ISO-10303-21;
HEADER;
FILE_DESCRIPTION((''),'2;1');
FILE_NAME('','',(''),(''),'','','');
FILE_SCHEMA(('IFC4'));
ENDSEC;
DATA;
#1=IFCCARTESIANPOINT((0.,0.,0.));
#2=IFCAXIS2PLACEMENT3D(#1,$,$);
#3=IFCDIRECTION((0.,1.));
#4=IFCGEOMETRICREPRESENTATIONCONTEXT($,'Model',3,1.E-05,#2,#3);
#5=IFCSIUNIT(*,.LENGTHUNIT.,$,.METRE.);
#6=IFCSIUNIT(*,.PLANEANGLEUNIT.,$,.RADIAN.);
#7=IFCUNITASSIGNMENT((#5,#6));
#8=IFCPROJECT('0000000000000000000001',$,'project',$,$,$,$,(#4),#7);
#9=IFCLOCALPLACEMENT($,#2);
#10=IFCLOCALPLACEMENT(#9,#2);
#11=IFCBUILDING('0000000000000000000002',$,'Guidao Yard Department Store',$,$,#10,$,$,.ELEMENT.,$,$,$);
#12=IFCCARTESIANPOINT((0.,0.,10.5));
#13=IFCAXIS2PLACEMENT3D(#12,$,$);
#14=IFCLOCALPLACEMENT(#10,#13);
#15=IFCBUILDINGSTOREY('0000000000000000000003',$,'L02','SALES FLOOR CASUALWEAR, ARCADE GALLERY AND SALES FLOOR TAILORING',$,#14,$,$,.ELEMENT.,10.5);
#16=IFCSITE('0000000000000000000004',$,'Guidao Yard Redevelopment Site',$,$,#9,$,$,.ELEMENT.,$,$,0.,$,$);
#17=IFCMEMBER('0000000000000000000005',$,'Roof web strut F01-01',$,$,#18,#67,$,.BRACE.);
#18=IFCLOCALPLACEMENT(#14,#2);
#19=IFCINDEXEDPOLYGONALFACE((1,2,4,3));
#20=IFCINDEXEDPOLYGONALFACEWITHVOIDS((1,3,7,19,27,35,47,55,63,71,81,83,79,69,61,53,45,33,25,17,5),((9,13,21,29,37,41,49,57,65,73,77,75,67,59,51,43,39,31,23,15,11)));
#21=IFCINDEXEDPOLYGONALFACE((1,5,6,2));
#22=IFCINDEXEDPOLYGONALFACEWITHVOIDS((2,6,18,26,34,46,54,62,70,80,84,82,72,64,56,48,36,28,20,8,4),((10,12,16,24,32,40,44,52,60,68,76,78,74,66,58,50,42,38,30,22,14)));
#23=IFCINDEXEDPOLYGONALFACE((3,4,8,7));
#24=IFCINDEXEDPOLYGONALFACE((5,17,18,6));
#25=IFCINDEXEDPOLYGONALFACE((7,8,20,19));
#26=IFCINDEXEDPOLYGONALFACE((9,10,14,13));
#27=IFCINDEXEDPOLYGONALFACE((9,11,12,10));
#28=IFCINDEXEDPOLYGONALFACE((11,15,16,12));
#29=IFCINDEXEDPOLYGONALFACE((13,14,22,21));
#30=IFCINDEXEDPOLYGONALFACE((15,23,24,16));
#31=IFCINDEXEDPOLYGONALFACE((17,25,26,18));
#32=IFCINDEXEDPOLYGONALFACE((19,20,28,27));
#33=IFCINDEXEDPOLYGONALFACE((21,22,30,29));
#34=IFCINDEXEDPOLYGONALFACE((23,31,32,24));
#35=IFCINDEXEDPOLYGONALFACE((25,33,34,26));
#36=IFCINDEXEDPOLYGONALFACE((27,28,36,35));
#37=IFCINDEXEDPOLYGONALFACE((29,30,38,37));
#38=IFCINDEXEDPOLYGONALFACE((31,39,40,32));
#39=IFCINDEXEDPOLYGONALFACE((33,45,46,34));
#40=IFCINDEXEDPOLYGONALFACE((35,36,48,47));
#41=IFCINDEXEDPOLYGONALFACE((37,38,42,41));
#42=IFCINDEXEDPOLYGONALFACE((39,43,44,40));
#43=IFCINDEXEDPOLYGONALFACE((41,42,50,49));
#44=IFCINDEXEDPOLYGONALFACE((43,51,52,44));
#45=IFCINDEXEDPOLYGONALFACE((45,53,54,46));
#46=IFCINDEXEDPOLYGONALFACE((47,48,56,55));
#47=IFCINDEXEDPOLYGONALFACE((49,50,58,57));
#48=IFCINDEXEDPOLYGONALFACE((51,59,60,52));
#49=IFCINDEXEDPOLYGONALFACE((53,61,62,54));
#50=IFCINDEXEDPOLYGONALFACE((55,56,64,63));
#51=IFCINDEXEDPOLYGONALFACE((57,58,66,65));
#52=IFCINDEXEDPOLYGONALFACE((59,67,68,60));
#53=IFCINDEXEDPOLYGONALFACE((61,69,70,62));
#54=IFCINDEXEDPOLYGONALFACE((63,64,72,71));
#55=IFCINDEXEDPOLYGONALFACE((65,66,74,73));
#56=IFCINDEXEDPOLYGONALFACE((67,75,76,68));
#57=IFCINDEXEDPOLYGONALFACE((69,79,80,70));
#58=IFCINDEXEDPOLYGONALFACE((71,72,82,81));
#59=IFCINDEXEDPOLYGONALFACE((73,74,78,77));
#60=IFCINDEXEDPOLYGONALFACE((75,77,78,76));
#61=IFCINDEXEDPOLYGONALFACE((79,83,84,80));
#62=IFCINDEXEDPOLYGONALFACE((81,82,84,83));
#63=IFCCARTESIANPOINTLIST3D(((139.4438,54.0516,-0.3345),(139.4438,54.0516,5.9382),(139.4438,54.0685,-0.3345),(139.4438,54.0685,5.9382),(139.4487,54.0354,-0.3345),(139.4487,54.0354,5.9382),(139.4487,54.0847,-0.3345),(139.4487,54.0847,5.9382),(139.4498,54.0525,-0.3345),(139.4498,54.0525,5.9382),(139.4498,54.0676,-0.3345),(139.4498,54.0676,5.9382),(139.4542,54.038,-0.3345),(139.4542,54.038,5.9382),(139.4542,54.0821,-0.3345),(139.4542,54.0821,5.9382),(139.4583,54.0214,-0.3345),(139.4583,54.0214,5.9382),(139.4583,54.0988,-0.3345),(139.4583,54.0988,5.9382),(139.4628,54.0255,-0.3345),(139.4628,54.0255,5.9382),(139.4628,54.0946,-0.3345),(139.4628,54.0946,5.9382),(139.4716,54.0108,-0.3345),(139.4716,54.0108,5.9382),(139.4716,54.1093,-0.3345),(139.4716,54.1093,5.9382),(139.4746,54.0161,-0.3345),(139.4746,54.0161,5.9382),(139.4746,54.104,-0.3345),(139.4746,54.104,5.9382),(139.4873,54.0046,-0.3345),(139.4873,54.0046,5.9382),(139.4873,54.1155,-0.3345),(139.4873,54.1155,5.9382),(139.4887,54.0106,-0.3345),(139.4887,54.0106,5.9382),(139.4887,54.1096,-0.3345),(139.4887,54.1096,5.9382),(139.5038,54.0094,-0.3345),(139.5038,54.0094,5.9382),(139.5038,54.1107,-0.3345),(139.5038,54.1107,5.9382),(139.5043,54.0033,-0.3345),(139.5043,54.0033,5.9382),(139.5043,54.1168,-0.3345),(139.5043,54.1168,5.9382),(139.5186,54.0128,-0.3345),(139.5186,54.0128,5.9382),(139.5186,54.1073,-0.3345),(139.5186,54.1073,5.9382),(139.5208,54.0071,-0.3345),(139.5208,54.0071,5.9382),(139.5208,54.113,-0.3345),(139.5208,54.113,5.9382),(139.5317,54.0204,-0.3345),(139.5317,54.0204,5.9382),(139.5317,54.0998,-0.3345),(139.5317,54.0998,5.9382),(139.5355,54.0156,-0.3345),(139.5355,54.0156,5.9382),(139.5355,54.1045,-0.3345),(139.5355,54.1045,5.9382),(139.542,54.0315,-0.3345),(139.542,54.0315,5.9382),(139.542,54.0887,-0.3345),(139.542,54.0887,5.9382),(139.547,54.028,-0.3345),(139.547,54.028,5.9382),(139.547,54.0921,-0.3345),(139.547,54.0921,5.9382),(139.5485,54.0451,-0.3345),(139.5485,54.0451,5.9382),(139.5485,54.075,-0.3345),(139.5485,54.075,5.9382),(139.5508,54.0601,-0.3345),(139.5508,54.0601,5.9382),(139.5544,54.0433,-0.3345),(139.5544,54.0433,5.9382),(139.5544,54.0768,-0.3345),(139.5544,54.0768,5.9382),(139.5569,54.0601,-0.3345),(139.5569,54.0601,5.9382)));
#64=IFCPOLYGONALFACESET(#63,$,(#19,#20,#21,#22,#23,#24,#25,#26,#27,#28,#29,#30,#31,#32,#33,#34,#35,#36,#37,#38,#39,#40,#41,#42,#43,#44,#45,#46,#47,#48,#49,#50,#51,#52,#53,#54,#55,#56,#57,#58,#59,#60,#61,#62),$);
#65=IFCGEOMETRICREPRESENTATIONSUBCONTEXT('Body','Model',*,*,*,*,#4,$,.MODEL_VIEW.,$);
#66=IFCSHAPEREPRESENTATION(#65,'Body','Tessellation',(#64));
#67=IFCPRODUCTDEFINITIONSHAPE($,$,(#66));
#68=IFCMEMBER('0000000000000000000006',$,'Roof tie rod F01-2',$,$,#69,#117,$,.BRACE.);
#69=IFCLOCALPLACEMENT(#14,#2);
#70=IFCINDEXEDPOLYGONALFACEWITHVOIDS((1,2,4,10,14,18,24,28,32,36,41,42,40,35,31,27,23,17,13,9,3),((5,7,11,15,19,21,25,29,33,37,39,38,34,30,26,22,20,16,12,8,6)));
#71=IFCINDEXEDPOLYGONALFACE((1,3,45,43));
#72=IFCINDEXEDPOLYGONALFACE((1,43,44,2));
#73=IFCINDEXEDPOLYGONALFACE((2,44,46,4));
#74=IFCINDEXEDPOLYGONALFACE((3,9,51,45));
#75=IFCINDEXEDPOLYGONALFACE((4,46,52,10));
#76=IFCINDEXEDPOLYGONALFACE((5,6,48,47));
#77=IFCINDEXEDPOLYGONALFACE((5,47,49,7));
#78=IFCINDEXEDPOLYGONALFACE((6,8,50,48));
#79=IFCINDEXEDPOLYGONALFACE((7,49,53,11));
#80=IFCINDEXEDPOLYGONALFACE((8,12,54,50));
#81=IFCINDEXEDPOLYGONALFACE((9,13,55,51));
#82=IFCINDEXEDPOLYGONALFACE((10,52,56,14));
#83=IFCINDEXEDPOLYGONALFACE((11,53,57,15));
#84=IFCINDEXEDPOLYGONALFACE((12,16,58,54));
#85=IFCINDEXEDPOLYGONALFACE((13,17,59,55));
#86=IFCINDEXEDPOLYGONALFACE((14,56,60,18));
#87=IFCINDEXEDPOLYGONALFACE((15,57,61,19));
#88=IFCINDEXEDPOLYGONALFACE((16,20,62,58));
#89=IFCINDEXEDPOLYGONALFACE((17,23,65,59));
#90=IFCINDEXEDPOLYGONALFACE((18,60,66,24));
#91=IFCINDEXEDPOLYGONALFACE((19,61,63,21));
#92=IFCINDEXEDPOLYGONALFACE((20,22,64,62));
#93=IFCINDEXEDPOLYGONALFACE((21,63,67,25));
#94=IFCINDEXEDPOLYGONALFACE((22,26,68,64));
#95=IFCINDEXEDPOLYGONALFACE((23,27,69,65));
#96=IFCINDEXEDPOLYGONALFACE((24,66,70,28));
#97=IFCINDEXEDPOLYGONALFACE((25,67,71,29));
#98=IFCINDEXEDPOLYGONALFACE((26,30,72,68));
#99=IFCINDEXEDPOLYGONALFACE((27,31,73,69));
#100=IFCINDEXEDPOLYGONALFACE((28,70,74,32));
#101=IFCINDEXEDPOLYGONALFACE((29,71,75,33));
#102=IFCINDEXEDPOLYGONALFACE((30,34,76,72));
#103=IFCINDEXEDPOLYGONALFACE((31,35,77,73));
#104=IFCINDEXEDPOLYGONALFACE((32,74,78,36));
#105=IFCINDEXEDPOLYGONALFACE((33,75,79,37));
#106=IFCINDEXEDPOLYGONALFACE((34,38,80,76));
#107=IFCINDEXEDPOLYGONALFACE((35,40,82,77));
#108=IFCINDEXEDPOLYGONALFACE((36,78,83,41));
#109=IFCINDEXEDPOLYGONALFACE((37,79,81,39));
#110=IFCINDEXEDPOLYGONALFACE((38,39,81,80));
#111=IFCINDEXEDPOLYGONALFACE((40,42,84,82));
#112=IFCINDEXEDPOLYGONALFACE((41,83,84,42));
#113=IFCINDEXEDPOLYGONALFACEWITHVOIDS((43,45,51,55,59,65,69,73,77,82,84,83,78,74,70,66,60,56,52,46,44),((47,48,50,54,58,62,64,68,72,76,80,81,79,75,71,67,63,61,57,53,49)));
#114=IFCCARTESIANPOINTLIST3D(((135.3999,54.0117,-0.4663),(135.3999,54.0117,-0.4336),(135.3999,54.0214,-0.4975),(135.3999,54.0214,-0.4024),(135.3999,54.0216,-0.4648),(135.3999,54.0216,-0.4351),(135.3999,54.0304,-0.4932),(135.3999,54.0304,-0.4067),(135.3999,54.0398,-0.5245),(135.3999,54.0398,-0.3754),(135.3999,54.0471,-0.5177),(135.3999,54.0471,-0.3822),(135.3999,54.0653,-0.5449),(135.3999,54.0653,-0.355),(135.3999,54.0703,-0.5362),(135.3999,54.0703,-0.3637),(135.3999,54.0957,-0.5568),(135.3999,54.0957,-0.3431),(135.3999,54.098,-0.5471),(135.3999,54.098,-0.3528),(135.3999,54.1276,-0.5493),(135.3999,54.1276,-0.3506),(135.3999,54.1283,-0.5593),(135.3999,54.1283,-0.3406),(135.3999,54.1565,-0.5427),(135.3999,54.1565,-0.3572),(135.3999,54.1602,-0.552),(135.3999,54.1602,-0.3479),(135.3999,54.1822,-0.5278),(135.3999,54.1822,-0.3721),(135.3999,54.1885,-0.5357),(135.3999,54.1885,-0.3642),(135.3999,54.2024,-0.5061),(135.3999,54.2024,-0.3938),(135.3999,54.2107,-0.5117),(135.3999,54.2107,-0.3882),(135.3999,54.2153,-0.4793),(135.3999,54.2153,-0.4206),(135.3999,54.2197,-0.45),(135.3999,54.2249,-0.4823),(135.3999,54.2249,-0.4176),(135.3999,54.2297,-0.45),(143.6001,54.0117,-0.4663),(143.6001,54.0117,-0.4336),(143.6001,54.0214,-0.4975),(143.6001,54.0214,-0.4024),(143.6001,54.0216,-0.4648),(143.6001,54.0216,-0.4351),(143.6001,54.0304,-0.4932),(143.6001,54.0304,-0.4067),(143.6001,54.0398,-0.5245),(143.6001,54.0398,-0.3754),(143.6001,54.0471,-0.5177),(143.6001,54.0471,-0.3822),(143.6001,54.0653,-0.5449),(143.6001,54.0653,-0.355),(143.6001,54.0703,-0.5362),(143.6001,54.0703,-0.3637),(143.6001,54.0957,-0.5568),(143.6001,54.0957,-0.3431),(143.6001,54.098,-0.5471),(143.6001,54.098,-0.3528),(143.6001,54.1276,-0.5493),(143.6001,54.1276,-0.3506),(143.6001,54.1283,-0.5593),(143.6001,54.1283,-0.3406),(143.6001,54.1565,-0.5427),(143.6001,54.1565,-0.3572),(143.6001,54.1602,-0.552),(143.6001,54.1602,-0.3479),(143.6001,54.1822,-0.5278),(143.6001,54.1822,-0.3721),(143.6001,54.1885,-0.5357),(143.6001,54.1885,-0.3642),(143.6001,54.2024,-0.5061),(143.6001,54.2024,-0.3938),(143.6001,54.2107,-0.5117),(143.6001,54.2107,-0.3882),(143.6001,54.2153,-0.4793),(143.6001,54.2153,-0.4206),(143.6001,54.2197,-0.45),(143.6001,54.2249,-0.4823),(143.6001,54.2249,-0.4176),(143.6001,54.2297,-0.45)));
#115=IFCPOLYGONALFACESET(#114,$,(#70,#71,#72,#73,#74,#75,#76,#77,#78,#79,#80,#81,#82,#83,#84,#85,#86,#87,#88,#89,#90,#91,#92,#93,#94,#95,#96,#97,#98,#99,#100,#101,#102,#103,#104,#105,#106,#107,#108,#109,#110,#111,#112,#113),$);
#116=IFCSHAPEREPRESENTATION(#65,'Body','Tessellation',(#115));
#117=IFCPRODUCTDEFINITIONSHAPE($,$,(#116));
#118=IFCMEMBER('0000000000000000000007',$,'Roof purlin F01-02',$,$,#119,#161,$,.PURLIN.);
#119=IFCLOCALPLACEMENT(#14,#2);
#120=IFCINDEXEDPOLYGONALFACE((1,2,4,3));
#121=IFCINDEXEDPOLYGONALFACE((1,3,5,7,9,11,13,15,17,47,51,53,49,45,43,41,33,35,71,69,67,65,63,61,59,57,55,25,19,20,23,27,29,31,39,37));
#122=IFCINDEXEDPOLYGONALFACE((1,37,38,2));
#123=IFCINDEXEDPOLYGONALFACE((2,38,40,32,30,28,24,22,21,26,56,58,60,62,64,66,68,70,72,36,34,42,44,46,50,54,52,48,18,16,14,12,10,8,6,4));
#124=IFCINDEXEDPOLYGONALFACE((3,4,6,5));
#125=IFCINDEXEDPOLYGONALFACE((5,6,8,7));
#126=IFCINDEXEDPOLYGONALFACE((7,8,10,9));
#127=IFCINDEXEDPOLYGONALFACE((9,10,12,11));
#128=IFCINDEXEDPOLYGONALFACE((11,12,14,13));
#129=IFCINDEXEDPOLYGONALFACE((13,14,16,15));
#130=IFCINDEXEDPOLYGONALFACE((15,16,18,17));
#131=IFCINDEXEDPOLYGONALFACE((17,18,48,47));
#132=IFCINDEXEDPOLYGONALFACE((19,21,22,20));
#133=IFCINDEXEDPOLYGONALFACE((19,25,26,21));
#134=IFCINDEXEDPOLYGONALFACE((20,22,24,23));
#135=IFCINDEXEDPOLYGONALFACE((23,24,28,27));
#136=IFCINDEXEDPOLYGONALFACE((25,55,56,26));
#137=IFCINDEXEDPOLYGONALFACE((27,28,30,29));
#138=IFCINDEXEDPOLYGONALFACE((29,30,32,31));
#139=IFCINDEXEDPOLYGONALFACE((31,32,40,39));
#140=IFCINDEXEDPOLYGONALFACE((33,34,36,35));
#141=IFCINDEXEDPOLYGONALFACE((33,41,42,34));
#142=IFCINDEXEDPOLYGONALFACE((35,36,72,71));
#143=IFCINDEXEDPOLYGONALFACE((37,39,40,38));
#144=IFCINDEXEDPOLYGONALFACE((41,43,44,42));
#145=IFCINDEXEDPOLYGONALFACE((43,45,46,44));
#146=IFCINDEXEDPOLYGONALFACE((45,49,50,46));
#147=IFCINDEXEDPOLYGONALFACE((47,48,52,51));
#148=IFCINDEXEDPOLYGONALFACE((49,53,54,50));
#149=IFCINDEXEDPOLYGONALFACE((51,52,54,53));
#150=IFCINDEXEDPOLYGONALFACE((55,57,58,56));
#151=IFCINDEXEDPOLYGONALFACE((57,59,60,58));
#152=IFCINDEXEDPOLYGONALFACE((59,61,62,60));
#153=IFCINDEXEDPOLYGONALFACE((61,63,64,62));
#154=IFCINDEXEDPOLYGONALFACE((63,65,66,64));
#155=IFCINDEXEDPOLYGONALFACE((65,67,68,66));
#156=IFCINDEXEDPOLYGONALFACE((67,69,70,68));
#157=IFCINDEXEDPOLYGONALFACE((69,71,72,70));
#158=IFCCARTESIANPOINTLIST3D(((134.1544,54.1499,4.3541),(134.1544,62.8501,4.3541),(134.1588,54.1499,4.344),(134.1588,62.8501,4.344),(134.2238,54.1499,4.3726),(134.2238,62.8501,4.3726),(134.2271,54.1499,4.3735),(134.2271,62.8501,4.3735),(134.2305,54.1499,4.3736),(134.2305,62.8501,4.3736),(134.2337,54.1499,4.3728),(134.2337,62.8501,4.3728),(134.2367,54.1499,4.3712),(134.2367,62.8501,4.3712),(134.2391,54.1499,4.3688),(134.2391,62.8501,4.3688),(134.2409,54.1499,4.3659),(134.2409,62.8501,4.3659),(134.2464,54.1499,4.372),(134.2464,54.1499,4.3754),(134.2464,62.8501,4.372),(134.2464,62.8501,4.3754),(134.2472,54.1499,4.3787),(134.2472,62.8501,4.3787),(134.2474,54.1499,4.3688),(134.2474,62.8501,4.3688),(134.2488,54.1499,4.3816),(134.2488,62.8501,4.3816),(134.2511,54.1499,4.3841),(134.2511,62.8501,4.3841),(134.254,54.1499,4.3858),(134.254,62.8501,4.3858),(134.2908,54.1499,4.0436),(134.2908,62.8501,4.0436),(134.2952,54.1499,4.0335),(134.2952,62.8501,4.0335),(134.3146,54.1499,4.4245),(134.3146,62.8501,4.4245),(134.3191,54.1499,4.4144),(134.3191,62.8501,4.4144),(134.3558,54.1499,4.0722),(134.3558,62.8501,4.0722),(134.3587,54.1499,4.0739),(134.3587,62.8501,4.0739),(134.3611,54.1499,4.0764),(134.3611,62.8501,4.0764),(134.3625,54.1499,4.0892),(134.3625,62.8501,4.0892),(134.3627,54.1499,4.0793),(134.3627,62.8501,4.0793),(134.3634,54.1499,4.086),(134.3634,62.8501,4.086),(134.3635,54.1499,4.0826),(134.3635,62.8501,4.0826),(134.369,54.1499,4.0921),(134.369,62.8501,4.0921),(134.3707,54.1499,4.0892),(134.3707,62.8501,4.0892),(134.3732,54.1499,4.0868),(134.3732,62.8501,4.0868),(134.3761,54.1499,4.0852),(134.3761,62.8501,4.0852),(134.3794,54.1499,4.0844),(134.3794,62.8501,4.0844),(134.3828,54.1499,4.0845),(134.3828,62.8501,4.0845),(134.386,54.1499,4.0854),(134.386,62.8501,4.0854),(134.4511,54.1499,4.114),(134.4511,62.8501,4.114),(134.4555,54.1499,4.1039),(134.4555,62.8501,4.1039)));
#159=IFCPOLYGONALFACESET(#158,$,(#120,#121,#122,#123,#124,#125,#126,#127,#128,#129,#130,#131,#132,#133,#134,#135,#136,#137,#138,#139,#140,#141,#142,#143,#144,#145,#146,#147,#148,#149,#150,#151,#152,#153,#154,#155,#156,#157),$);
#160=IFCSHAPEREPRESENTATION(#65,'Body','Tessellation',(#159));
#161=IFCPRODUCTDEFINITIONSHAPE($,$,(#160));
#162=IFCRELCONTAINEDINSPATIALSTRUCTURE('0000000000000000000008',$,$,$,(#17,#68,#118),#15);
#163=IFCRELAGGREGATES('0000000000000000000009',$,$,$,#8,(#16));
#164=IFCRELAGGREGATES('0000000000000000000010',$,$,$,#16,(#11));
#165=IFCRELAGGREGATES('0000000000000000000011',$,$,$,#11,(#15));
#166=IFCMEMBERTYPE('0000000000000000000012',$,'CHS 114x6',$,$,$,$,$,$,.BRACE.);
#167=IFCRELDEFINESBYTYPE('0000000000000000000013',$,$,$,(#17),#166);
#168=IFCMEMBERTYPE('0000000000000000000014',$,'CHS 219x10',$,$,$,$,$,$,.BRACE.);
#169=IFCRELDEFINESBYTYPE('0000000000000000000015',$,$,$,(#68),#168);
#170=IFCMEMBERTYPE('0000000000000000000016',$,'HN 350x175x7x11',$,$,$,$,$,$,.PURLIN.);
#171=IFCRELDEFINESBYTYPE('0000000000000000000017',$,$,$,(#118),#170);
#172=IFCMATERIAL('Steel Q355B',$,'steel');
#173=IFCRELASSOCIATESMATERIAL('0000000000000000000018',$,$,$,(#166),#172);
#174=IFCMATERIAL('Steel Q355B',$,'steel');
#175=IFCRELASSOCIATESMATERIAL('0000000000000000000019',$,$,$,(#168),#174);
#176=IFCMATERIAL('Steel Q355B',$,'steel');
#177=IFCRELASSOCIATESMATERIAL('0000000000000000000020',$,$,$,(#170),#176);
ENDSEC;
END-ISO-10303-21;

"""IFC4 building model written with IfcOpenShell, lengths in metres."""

from ifc_helpers import new_model, si_unit, direction, frame, origin, origin_2d, place, context, subcontext, project, spatial, hollow_circle, i_section, extrude, material, material_profile, profile_set, type_object, element, save


model = new_model("IFC4")

# Units and contexts
model_context = context("Model", 3, precision=1e-05, world=origin(), true_north=direction((0.0, 1.0)))
body_context = subcontext(model_context, "Body", "Model", "MODEL_VIEW")
ifc_project = project(units=[si_unit("LENGTHUNIT", "METRE"), si_unit("PLANEANGLEUNIT", "RADIAN")], contexts=[model_context])

# Site, building, storey
site_placement = place(None, origin())
site = spatial("IfcSite", under=ifc_project, at=site_placement, Name="Guidao Yard Redevelopment Site", CompositionType="ELEMENT", RefElevation=0.0)
building_placement = place(site_placement, origin())
building = spatial("IfcBuilding", under=site, at=building_placement, Name="Guidao Yard Department Store", CompositionType="ELEMENT")
storey_placement = place(building_placement, frame((0.0, 0.0, 10.5)))
storey = spatial("IfcBuildingStorey", under=building, at=storey_placement, Name="L02", Description="SALES FLOOR CASUALWEAR, ARCADE GALLERY AND SALES FLOOR TAILORING", CompositionType="ELEMENT", Elevation=10.5)

# Members
ifc_material_1 = material(Name="Steel Q355B", Category="steel")
ifc_material_profile_1 = material_profile(ifc_material_1, hollow_circle(Radius=0.0569, WallThickness=0.0061, at=origin_2d()), Name="CHS 114x6")
ifc_profile_set_1 = profile_set([ifc_material_profile_1], Name="Steel Q355B")
member_type_1 = type_object("IfcMemberType", Name="CHS 114x6", PredefinedType="BRACE", material=ifc_profile_set_1)
member_1_placement = place(storey_placement, frame((139.5, 54.0601, -0.3345), z_axis=(0.0, 0.0, 1.0), x_axis=(1.0, 0.0, 0.0)))
element("IfcMember", 1, at=member_1_placement, inside=storey, type_object=member_type_1, Name="Roof web strut F01-01", PredefinedType="BRACE", context=body_context, shape_type="SweptSolid", body=[
    extrude(hollow_circle(Radius=0.0569, WallThickness=0.0061, at=origin_2d()), origin(), (0.0, 0.0, 1.0), 6.2727),
])
ifc_material_2 = material(Name="Steel Q355B", Category="steel")
ifc_material_profile_2 = material_profile(ifc_material_2, hollow_circle(Radius=0.1096, WallThickness=0.01, at=origin_2d()), Name="CHS 219x10")
ifc_profile_set_2 = profile_set([ifc_material_profile_2], Name="Steel Q355B")
member_type_2 = type_object("IfcMemberType", Name="CHS 219x10", PredefinedType="BRACE", material=ifc_profile_set_2)
member_2_placement = place(storey_placement, frame((135.3999, 54.1201, -0.45), z_axis=(1.0, 0.0, 0.0), x_axis=(0.0, 1.0, 0.0)))
element("IfcMember", 2, at=member_2_placement, inside=storey, type_object=member_type_2, Name="Roof tie rod F01-2", PredefinedType="BRACE", context=body_context, shape_type="SweptSolid", body=[
    extrude(hollow_circle(Radius=0.1096, WallThickness=0.01, at=origin_2d()), origin(), (0.0, 0.0, 1.0), 8.2002),
])
ifc_material_3 = material(Name="Steel Q355B", Category="steel")
ifc_material_profile_3 = material_profile(ifc_material_3, i_section(OverallWidth=0.175, OverallDepth=0.3501, WebThickness=0.0071, FlangeThickness=0.011, FilletRadius=0.0129, at=origin_2d()), Name="HN 350x175x7x11")
ifc_profile_set_3 = profile_set([ifc_material_profile_3], Name="Steel Q355B")
member_type_3 = type_object("IfcMemberType", Name="HN 350x175x7x11", PredefinedType="PURLIN", material=ifc_profile_set_3)
for number, where, z_axis, x_axis, name in (
    (3, (134.3049, 54.1499, 4.229), (0.0, 1.0, 0.0), (-0.915526, 0.0, -0.402258), "Roof purlin F01-02"),
):
    element("IfcMember", number, at=place(storey_placement, frame(where, z_axis=z_axis, x_axis=x_axis)), inside=storey, type_object=member_type_3, Name=name, PredefinedType="PURLIN", context=body_context, shape_type="SweptSolid", body=[
        extrude(i_section(OverallWidth=0.175, OverallDepth=0.3501, WebThickness=0.0071, FlangeThickness=0.011, FilletRadius=0.0129, at=origin_2d()), origin(), (0.0, 0.0, 1.0), 8.7002),
    ])

save(model, "model.ifc")
